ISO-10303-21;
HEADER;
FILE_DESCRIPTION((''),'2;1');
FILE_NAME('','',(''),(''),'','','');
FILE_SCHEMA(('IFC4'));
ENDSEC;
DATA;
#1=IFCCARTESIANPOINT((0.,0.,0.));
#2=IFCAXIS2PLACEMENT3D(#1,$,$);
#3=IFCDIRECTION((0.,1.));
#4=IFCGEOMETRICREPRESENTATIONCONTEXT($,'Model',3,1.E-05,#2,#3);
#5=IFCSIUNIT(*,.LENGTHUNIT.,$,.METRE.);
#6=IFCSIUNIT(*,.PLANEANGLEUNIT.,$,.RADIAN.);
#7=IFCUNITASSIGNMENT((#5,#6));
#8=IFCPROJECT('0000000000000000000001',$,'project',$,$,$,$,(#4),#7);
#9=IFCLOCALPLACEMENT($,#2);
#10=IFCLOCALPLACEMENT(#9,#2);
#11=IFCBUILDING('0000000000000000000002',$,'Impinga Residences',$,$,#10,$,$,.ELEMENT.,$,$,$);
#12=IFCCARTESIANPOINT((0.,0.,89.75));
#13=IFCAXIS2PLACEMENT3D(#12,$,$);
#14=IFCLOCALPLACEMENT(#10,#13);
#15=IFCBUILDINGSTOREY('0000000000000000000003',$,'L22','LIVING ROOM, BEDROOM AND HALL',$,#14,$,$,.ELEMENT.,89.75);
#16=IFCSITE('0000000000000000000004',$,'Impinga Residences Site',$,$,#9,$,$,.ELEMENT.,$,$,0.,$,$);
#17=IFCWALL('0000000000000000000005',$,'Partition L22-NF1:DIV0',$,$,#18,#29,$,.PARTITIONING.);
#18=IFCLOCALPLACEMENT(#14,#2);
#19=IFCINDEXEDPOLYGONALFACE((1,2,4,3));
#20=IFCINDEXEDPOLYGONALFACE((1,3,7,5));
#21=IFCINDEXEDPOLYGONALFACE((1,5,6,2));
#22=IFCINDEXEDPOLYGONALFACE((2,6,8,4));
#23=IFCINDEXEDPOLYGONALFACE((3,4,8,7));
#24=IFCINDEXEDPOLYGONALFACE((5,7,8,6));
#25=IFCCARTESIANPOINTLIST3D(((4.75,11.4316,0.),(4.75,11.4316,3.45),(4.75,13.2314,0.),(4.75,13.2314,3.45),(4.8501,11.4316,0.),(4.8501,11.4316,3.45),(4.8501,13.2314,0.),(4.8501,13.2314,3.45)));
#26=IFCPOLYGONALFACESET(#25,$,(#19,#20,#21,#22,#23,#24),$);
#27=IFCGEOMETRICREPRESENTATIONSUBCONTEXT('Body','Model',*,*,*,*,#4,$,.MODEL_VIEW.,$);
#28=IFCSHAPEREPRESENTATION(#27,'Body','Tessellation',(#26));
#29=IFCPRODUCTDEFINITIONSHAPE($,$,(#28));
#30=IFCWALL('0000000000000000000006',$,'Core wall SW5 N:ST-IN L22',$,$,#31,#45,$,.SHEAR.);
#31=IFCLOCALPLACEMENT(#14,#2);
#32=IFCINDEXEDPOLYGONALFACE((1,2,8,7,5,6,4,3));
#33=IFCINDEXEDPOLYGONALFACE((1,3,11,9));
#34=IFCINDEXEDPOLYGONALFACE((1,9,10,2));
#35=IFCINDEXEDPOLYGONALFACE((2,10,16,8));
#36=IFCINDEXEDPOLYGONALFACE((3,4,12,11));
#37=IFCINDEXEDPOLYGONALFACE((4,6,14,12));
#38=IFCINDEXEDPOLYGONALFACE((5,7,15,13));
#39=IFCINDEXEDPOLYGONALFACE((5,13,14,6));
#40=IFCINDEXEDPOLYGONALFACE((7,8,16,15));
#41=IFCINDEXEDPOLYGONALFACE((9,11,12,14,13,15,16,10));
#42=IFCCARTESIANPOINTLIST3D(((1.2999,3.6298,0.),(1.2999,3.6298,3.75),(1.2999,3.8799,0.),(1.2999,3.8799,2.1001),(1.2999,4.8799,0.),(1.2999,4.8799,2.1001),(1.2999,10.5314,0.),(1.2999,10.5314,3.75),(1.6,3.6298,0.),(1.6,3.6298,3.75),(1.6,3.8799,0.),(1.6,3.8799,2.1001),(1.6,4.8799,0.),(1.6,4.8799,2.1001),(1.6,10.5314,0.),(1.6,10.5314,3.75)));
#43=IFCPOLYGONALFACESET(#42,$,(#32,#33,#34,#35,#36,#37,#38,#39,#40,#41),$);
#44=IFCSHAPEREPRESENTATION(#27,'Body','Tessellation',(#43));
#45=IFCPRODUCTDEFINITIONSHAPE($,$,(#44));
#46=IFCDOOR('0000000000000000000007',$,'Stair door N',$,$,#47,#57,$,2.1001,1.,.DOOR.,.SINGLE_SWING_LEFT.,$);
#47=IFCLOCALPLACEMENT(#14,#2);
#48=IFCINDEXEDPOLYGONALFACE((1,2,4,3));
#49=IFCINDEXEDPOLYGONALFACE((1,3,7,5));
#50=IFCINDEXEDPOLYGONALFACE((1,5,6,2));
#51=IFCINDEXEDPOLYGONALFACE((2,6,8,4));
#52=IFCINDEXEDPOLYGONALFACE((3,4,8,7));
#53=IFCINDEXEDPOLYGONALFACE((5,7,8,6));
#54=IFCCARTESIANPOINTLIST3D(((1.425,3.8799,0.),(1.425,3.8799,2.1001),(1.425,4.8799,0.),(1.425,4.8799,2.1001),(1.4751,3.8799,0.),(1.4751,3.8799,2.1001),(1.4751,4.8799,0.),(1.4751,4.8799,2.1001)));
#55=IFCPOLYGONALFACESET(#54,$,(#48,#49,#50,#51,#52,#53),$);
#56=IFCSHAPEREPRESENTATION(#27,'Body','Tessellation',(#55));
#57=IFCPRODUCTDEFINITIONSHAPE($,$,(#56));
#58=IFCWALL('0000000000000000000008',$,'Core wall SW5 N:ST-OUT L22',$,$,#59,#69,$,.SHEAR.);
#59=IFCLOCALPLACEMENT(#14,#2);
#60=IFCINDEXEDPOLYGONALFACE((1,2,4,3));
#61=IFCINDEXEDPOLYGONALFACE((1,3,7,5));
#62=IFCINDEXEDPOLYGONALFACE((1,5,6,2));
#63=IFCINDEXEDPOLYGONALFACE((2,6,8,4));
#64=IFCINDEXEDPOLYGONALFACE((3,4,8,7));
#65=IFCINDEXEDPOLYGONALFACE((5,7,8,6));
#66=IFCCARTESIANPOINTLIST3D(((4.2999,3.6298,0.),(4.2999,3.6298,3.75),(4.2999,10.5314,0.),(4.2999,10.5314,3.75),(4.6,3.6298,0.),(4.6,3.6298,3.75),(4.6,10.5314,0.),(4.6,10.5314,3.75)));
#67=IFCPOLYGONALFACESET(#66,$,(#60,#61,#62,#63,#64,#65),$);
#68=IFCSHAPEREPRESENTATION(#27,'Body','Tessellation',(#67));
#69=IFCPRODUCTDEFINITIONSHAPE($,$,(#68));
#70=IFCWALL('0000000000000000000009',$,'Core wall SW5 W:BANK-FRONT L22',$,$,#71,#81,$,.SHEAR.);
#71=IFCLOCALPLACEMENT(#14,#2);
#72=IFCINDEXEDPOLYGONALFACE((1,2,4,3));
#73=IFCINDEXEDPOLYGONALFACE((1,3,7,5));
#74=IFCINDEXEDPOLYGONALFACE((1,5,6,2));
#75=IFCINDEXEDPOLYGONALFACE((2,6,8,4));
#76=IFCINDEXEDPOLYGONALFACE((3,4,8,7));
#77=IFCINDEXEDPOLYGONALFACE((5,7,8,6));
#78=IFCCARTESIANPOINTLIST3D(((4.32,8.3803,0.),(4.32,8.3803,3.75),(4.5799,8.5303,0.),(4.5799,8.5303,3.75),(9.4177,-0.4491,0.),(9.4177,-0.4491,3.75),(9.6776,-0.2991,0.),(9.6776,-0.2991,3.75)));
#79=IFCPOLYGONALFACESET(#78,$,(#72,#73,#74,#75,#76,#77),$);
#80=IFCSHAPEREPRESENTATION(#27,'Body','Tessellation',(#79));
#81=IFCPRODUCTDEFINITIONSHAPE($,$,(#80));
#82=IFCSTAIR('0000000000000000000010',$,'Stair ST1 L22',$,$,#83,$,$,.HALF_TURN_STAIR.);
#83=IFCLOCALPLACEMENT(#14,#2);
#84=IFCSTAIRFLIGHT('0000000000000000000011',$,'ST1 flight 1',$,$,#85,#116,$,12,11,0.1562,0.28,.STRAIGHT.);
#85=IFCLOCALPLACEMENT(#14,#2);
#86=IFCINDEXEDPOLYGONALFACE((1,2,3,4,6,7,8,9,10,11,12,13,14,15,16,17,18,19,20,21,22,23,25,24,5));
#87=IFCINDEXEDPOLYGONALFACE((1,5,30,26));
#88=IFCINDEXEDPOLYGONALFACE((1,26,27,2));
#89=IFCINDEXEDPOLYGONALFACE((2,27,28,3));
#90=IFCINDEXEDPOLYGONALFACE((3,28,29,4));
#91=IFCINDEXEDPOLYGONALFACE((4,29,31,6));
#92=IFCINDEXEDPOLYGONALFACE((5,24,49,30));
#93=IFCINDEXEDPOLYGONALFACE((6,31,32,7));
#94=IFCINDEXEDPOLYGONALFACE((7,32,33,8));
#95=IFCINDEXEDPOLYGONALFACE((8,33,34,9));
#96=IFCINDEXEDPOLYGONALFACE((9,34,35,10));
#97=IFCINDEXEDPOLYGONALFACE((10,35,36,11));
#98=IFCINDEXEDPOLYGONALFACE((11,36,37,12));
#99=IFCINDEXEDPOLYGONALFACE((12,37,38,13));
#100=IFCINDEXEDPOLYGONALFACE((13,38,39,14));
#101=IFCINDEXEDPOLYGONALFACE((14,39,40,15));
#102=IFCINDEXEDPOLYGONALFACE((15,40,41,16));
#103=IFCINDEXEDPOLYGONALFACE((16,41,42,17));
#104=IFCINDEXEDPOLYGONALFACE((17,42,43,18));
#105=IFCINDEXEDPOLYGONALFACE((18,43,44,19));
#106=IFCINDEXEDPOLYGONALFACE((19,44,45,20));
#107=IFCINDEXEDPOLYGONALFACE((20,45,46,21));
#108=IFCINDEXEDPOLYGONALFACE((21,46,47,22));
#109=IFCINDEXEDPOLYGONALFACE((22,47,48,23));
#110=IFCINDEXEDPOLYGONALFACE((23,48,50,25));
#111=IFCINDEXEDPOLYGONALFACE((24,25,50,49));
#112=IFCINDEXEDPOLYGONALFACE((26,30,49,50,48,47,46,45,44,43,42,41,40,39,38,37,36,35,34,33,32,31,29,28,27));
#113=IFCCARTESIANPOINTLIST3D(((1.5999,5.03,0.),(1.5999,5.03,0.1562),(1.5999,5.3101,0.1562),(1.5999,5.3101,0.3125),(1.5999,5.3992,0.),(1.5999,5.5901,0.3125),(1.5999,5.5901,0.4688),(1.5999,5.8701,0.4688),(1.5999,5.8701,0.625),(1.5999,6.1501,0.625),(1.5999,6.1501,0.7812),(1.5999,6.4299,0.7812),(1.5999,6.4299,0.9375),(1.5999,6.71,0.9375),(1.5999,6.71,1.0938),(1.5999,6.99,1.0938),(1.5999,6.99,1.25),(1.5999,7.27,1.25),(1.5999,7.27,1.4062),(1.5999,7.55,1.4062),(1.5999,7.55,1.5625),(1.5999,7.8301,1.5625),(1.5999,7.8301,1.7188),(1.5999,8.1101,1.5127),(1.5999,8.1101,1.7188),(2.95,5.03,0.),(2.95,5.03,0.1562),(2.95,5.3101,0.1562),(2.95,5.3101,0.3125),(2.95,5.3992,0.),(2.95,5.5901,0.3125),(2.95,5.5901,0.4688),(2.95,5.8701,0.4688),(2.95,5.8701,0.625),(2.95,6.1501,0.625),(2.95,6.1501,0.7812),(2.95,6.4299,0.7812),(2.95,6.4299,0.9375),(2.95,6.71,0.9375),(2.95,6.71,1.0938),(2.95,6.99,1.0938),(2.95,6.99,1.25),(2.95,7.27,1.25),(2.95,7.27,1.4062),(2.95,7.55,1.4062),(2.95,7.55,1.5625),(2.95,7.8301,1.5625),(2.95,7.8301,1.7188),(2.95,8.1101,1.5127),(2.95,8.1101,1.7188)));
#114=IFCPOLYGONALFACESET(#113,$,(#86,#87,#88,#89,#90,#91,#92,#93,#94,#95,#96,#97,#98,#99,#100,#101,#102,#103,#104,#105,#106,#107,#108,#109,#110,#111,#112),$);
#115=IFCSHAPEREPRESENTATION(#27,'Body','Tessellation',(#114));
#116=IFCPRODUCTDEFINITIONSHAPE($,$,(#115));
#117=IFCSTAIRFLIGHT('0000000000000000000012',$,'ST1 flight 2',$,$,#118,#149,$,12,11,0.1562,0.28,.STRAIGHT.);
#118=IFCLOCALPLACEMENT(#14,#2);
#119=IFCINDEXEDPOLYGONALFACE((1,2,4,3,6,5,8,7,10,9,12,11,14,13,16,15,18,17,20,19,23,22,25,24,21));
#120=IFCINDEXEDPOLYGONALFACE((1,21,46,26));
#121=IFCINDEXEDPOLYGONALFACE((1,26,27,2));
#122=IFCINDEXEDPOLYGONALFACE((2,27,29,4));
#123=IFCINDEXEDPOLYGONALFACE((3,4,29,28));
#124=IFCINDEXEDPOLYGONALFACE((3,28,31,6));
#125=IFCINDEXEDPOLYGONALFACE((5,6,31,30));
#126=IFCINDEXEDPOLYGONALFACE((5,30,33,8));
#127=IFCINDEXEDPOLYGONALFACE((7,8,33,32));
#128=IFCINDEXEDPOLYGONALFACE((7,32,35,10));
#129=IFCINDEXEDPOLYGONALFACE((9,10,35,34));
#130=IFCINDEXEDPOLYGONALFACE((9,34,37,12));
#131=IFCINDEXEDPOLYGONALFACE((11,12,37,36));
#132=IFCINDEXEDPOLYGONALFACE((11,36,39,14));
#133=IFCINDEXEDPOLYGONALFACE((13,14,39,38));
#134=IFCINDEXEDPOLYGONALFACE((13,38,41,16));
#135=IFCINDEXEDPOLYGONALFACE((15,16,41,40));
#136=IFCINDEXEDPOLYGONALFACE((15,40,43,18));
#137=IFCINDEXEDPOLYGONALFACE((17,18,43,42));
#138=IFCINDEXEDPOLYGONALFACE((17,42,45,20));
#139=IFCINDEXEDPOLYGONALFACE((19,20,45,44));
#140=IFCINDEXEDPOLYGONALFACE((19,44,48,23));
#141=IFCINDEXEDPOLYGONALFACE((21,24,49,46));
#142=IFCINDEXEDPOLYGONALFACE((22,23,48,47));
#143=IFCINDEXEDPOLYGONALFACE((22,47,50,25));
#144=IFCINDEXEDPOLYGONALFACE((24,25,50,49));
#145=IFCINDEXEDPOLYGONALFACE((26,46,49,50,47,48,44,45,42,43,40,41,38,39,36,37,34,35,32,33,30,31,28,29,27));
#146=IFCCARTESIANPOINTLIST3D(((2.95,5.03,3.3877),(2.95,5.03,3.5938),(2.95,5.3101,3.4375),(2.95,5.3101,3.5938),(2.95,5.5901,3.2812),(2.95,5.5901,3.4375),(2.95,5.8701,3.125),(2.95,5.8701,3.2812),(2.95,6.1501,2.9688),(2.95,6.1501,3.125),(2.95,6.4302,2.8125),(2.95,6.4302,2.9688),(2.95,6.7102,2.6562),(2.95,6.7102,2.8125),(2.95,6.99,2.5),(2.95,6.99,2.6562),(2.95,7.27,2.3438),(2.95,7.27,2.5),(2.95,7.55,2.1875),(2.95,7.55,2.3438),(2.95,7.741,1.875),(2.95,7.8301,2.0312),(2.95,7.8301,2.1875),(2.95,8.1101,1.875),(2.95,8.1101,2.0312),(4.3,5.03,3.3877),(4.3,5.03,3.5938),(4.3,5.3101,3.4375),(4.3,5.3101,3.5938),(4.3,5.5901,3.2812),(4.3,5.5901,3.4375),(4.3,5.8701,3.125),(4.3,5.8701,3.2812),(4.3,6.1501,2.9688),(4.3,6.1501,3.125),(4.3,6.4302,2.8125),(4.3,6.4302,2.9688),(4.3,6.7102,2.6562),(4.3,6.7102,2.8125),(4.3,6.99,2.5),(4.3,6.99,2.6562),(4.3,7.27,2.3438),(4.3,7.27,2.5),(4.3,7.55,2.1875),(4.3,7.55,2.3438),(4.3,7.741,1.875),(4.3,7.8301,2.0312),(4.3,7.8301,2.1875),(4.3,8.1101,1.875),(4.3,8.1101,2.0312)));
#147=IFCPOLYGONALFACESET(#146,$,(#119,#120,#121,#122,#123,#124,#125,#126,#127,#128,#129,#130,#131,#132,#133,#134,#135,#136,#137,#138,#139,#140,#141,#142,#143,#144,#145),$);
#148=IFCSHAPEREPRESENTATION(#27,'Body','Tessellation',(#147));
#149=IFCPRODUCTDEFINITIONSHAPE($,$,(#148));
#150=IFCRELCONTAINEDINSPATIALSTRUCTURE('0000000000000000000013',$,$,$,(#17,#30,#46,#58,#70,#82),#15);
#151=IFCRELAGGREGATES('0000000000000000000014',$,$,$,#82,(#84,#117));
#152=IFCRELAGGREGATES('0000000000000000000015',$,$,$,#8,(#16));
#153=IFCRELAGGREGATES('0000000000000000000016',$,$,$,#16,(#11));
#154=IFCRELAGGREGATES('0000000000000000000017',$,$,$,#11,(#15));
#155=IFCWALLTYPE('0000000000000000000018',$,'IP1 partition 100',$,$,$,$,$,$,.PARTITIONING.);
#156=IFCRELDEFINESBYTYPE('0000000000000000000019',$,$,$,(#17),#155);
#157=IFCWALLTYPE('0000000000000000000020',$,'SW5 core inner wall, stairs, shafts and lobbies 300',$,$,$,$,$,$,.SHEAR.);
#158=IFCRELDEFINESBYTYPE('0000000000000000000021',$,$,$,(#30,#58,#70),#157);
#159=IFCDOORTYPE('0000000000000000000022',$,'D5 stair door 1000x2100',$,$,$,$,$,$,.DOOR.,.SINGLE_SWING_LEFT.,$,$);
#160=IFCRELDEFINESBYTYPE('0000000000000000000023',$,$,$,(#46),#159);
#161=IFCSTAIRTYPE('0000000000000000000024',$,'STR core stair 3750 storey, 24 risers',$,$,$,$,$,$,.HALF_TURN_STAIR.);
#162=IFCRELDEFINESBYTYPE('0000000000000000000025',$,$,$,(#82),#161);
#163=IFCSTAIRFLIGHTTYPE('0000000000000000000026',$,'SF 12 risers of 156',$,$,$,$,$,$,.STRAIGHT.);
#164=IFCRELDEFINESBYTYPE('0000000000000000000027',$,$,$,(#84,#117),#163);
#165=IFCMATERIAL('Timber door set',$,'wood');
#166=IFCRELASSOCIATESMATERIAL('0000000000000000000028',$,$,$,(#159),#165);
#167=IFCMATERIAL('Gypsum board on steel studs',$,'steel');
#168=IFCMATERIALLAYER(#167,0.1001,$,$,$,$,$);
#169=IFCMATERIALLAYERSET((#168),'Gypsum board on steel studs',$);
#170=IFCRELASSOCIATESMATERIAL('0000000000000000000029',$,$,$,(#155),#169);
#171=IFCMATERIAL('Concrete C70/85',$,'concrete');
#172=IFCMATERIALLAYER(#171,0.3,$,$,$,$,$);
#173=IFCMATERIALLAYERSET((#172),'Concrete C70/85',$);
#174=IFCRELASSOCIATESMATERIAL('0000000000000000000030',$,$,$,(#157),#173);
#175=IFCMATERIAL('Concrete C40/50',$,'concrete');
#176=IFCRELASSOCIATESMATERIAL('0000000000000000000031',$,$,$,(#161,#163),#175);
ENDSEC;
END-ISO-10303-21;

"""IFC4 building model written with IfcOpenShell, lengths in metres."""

from ifc_helpers import new_model, si_unit, direction, frame, frame_2d, origin, place, context, subcontext, project, spatial, polyline, rectangle, outline, extrude, material, layer, layer_set, type_object, element, fill, aggregate, save


model = new_model("IFC4")

# Units and contexts
model_context = context("Model", 3, precision=1e-05, world=origin(), true_north=direction((0.0, 1.0)))
body_context = subcontext(model_context, "Body", "Model", "MODEL_VIEW")
ifc_project = project(units=[si_unit("LENGTHUNIT", "METRE"), si_unit("PLANEANGLEUNIT", "RADIAN")], contexts=[model_context])

# Site, building, storey
site_placement = place(None, origin())
site = spatial("IfcSite", under=ifc_project, at=site_placement, Name="Impinga Residences Site", CompositionType="ELEMENT", RefElevation=0.0)
building_placement = place(site_placement, origin())
building = spatial("IfcBuilding", under=site, at=building_placement, Name="Impinga Residences", CompositionType="ELEMENT")
storey_placement = place(building_placement, frame((0.0, 0.0, 89.75)))
storey = spatial("IfcBuildingStorey", under=building, at=storey_placement, Name="L22", Description="LIVING ROOM, BEDROOM AND HALL", CompositionType="ELEMENT", Elevation=89.75)

# Shared definitions
ifc_material_1 = material(Name="Concrete C70/85", Category="concrete")
ifc_material_2 = material(Name="Timber door set", Category="wood")
door_type_1 = type_object("IfcDoorType", Name="D5 stair door 1000x2100", OperationType="SINGLE_SWING_LEFT", PredefinedType="DOOR", material=ifc_material_2)

# Wall
ifc_material_3 = material(Name="Gypsum board on steel studs", Category="steel")
ifc_layer_1 = layer(ifc_material_3, 0.1001)
ifc_layer_set_1 = layer_set([ifc_layer_1], Name="Gypsum board on steel studs")
wall_type_1 = type_object("IfcWallType", Name="IP1 partition 100", PredefinedType="PARTITIONING", material=ifc_layer_set_1)
wall_1_placement = place(storey_placement, frame((4.8, 11.4316, 0.0), z_axis=(0.0, 0.0, 1.0), x_axis=(0.0, 1.0, 0.0)))
element("IfcWall", 1, at=wall_1_placement, inside=storey, type_object=wall_type_1, Name="Partition L22-NF1:DIV0", PredefinedType="PARTITIONING", context=body_context, shape_type="SweptSolid", body=[
    extrude(rectangle(XDim=1.7998, YDim=0.1001, at=frame_2d((0.8999, 0.0))), origin(), (0.0, 0.0, 1.0), 3.45),
])

# Wall, opening, door
ifc_layer_2 = layer(ifc_material_1, 0.3)
ifc_layer_set_2 = layer_set([ifc_layer_2], Name="Concrete C70/85")
wall_type_2 = type_object("IfcWallType", Name="SW5 core inner wall, stairs, shafts and lobbies 300", PredefinedType="SHEAR", material=ifc_layer_set_2)
wall_2_placement = place(storey_placement, frame((1.45, 3.6299, 0.0), z_axis=(0.0, 0.0, 1.0), x_axis=(0.0, 1.0, 0.0)))
wall_2 = element("IfcWall", 2, at=wall_2_placement, inside=storey, type_object=wall_type_2, Name="Core wall SW5 N:ST-IN L22", PredefinedType="SHEAR", context=body_context, shape_type="SweptSolid", body=[
    extrude(rectangle(XDim=6.9016, YDim=0.3, at=frame_2d((3.4507, 0.0))), origin(), (0.0, 0.0, 1.0), 3.75),
])
opening_1_placement = place(wall_2_placement, frame((0.25, 0.0, 0.0)))
opening_1 = element("IfcOpeningElement", 3, at=opening_1_placement, cuts=wall_2, PredefinedType="OPENING", context=body_context, shape_type="SweptSolid", body=[
    extrude(rectangle(XDim=1.0, YDim=2.1001, at=frame_2d((0.5, 1.05))), frame((0.0, 0.1599, 0.0), z_axis=(0.0, -1.0, 0.0), x_axis=(1.0, 0.0, 0.0)), (0.0, 0.0, 1.0), 0.3201),
])
door_1_placement = place(opening_1_placement, origin())
door_1 = element("IfcDoor", 4, at=door_1_placement, inside=storey, type_object=door_type_1, Name="Stair door N", OperationType="SINGLE_SWING_LEFT", OverallHeight=2.1001, OverallWidth=1.0, PredefinedType="DOOR", context=body_context, shape_type="SweptSolid", body=[
    extrude(rectangle(XDim=1.0, YDim=2.1001, at=frame_2d((0.5, 1.05))), frame((0.0, 0.0249, 0.0), z_axis=(0.0, -1.0, 0.0), x_axis=(1.0, 0.0, 0.0)), (0.0, 0.0, 1.0), 0.05),
])
fill(opening_1, door_1)

# Walls
wall_3_placement = place(storey_placement, frame((4.45, 3.6299, 0.0), z_axis=(0.0, 0.0, 1.0), x_axis=(0.0, 1.0, 0.0)))
element("IfcWall", 5, at=wall_3_placement, inside=storey, type_object=wall_type_2, Name="Core wall SW5 N:ST-OUT L22", PredefinedType="SHEAR", context=body_context, shape_type="SweptSolid", body=[
    extrude(rectangle(XDim=6.9016, YDim=0.3, at=frame_2d((3.4507, 0.0))), origin(), (0.0, 0.0, 1.0), 3.75),
])
wall_4_placement = place(storey_placement, frame((4.45, 8.4553, 0.0), z_axis=(0.0, 0.0, 1.0), x_axis=(0.500002, -0.866024, 0.0)))
element("IfcWall", 6, at=wall_4_placement, inside=storey, type_object=wall_type_2, Name="Core wall SW5 W:BANK-FRONT L22", PredefinedType="SHEAR", context=body_context, shape_type="SweptSolid", body=[
    extrude(rectangle(XDim=10.1953, YDim=0.3, at=frame_2d((5.0977, 0.0))), origin(), (0.0, 0.0, 1.0), 3.75),
])

# Stair, stair flights
ifc_material_4 = material(Name="Concrete C40/50", Category="concrete")
stair_type = type_object("IfcStairType", Name="STR core stair 3750 storey, 24 risers", PredefinedType="HALF_TURN_STAIR", material=ifc_material_4)
stair_placement = place(storey_placement, origin())
stair = element("IfcStair", 7, at=stair_placement, inside=storey, type_object=stair_type, Name="Stair ST1 L22", PredefinedType="HALF_TURN_STAIR")
stair_flight_type = type_object("IfcStairFlightType", Name="SF 12 risers of 156", PredefinedType="STRAIGHT", material=ifc_material_4)
stair_flight_1_placement = place(storey_placement, frame((2.2749, 5.03, 0.0), z_axis=(0.0, 0.0, 1.0), x_axis=(0.0, 1.0, 0.0)))
stair_flight_1 = element("IfcStairFlight", 8, at=stair_flight_1_placement, type_object=stair_flight_type, Name="ST1 flight 1", NumberOfRisers=12, NumberOfTreads=11, PredefinedType="STRAIGHT", RiserHeight=0.1562, TreadLength=0.28, context=body_context, shape_type="SweptSolid", body=[
    extrude(outline(polyline([(0.0, 0.0), (0.0, 0.1562), (0.28, 0.1562), (0.28, 0.3125), (0.5601, 0.3125), (0.5601, 0.4688), (0.8401, 0.4688), (0.8401, 0.625), (1.1201, 0.625), (1.1201, 0.7812), (1.3999, 0.7812), (1.3999, 0.9375), (1.6799, 0.9375), (1.6799, 1.0938), (1.96, 1.0938), (1.96, 1.25), (2.24, 1.25), (2.24, 1.4062), (2.52, 1.4062), (2.52, 1.5625), (2.8, 1.5625), (2.8, 1.7188), (3.0801, 1.7188), (3.0801, 1.875), (3.0801, 1.5127), (0.3691, 0.0), (0.0, 0.0)])), frame((0.0, 0.675, 0.0), z_axis=(0.0, -1.0, 0.0), x_axis=(1.0, 0.0, 0.0)), (0.0, 0.0, 1.0), 1.3501),
])
stair_flight_2_placement = place(storey_placement, frame((3.625, 8.1101, 1.875), z_axis=(0.0, 0.0, 1.0), x_axis=(0.0, -1.0, 0.0)))
stair_flight_2 = element("IfcStairFlight", 9, at=stair_flight_2_placement, type_object=stair_flight_type, Name="ST1 flight 2", NumberOfRisers=12, NumberOfTreads=11, PredefinedType="STRAIGHT", RiserHeight=0.1562, TreadLength=0.28, context=body_context, shape_type="SweptSolid", body=[
    extrude(outline(polyline([(0.0, 0.0), (0.0, 0.1562), (0.28, 0.1562), (0.28, 0.3125), (0.5601, 0.3125), (0.5601, 0.4688), (0.8401, 0.4688), (0.8401, 0.625), (1.1201, 0.625), (1.1201, 0.7812), (1.3999, 0.7812), (1.3999, 0.9375), (1.6799, 0.9375), (1.6799, 1.0938), (1.96, 1.0938), (1.96, 1.25), (2.24, 1.25), (2.24, 1.4062), (2.52, 1.4062), (2.52, 1.5625), (2.8, 1.5625), (2.8, 1.7188), (3.0801, 1.7188), (3.0801, 1.875), (3.0801, 1.5127), (0.3691, 0.0), (0.0, 0.0)])), frame((0.0, 0.675, 0.0), z_axis=(0.0, -1.0, 0.0), x_axis=(1.0, 0.0, 0.0)), (0.0, 0.0, 1.0), 1.3501),
])
aggregate(stair, [stair_flight_1, stair_flight_2])

save(model, "model.ifc")
